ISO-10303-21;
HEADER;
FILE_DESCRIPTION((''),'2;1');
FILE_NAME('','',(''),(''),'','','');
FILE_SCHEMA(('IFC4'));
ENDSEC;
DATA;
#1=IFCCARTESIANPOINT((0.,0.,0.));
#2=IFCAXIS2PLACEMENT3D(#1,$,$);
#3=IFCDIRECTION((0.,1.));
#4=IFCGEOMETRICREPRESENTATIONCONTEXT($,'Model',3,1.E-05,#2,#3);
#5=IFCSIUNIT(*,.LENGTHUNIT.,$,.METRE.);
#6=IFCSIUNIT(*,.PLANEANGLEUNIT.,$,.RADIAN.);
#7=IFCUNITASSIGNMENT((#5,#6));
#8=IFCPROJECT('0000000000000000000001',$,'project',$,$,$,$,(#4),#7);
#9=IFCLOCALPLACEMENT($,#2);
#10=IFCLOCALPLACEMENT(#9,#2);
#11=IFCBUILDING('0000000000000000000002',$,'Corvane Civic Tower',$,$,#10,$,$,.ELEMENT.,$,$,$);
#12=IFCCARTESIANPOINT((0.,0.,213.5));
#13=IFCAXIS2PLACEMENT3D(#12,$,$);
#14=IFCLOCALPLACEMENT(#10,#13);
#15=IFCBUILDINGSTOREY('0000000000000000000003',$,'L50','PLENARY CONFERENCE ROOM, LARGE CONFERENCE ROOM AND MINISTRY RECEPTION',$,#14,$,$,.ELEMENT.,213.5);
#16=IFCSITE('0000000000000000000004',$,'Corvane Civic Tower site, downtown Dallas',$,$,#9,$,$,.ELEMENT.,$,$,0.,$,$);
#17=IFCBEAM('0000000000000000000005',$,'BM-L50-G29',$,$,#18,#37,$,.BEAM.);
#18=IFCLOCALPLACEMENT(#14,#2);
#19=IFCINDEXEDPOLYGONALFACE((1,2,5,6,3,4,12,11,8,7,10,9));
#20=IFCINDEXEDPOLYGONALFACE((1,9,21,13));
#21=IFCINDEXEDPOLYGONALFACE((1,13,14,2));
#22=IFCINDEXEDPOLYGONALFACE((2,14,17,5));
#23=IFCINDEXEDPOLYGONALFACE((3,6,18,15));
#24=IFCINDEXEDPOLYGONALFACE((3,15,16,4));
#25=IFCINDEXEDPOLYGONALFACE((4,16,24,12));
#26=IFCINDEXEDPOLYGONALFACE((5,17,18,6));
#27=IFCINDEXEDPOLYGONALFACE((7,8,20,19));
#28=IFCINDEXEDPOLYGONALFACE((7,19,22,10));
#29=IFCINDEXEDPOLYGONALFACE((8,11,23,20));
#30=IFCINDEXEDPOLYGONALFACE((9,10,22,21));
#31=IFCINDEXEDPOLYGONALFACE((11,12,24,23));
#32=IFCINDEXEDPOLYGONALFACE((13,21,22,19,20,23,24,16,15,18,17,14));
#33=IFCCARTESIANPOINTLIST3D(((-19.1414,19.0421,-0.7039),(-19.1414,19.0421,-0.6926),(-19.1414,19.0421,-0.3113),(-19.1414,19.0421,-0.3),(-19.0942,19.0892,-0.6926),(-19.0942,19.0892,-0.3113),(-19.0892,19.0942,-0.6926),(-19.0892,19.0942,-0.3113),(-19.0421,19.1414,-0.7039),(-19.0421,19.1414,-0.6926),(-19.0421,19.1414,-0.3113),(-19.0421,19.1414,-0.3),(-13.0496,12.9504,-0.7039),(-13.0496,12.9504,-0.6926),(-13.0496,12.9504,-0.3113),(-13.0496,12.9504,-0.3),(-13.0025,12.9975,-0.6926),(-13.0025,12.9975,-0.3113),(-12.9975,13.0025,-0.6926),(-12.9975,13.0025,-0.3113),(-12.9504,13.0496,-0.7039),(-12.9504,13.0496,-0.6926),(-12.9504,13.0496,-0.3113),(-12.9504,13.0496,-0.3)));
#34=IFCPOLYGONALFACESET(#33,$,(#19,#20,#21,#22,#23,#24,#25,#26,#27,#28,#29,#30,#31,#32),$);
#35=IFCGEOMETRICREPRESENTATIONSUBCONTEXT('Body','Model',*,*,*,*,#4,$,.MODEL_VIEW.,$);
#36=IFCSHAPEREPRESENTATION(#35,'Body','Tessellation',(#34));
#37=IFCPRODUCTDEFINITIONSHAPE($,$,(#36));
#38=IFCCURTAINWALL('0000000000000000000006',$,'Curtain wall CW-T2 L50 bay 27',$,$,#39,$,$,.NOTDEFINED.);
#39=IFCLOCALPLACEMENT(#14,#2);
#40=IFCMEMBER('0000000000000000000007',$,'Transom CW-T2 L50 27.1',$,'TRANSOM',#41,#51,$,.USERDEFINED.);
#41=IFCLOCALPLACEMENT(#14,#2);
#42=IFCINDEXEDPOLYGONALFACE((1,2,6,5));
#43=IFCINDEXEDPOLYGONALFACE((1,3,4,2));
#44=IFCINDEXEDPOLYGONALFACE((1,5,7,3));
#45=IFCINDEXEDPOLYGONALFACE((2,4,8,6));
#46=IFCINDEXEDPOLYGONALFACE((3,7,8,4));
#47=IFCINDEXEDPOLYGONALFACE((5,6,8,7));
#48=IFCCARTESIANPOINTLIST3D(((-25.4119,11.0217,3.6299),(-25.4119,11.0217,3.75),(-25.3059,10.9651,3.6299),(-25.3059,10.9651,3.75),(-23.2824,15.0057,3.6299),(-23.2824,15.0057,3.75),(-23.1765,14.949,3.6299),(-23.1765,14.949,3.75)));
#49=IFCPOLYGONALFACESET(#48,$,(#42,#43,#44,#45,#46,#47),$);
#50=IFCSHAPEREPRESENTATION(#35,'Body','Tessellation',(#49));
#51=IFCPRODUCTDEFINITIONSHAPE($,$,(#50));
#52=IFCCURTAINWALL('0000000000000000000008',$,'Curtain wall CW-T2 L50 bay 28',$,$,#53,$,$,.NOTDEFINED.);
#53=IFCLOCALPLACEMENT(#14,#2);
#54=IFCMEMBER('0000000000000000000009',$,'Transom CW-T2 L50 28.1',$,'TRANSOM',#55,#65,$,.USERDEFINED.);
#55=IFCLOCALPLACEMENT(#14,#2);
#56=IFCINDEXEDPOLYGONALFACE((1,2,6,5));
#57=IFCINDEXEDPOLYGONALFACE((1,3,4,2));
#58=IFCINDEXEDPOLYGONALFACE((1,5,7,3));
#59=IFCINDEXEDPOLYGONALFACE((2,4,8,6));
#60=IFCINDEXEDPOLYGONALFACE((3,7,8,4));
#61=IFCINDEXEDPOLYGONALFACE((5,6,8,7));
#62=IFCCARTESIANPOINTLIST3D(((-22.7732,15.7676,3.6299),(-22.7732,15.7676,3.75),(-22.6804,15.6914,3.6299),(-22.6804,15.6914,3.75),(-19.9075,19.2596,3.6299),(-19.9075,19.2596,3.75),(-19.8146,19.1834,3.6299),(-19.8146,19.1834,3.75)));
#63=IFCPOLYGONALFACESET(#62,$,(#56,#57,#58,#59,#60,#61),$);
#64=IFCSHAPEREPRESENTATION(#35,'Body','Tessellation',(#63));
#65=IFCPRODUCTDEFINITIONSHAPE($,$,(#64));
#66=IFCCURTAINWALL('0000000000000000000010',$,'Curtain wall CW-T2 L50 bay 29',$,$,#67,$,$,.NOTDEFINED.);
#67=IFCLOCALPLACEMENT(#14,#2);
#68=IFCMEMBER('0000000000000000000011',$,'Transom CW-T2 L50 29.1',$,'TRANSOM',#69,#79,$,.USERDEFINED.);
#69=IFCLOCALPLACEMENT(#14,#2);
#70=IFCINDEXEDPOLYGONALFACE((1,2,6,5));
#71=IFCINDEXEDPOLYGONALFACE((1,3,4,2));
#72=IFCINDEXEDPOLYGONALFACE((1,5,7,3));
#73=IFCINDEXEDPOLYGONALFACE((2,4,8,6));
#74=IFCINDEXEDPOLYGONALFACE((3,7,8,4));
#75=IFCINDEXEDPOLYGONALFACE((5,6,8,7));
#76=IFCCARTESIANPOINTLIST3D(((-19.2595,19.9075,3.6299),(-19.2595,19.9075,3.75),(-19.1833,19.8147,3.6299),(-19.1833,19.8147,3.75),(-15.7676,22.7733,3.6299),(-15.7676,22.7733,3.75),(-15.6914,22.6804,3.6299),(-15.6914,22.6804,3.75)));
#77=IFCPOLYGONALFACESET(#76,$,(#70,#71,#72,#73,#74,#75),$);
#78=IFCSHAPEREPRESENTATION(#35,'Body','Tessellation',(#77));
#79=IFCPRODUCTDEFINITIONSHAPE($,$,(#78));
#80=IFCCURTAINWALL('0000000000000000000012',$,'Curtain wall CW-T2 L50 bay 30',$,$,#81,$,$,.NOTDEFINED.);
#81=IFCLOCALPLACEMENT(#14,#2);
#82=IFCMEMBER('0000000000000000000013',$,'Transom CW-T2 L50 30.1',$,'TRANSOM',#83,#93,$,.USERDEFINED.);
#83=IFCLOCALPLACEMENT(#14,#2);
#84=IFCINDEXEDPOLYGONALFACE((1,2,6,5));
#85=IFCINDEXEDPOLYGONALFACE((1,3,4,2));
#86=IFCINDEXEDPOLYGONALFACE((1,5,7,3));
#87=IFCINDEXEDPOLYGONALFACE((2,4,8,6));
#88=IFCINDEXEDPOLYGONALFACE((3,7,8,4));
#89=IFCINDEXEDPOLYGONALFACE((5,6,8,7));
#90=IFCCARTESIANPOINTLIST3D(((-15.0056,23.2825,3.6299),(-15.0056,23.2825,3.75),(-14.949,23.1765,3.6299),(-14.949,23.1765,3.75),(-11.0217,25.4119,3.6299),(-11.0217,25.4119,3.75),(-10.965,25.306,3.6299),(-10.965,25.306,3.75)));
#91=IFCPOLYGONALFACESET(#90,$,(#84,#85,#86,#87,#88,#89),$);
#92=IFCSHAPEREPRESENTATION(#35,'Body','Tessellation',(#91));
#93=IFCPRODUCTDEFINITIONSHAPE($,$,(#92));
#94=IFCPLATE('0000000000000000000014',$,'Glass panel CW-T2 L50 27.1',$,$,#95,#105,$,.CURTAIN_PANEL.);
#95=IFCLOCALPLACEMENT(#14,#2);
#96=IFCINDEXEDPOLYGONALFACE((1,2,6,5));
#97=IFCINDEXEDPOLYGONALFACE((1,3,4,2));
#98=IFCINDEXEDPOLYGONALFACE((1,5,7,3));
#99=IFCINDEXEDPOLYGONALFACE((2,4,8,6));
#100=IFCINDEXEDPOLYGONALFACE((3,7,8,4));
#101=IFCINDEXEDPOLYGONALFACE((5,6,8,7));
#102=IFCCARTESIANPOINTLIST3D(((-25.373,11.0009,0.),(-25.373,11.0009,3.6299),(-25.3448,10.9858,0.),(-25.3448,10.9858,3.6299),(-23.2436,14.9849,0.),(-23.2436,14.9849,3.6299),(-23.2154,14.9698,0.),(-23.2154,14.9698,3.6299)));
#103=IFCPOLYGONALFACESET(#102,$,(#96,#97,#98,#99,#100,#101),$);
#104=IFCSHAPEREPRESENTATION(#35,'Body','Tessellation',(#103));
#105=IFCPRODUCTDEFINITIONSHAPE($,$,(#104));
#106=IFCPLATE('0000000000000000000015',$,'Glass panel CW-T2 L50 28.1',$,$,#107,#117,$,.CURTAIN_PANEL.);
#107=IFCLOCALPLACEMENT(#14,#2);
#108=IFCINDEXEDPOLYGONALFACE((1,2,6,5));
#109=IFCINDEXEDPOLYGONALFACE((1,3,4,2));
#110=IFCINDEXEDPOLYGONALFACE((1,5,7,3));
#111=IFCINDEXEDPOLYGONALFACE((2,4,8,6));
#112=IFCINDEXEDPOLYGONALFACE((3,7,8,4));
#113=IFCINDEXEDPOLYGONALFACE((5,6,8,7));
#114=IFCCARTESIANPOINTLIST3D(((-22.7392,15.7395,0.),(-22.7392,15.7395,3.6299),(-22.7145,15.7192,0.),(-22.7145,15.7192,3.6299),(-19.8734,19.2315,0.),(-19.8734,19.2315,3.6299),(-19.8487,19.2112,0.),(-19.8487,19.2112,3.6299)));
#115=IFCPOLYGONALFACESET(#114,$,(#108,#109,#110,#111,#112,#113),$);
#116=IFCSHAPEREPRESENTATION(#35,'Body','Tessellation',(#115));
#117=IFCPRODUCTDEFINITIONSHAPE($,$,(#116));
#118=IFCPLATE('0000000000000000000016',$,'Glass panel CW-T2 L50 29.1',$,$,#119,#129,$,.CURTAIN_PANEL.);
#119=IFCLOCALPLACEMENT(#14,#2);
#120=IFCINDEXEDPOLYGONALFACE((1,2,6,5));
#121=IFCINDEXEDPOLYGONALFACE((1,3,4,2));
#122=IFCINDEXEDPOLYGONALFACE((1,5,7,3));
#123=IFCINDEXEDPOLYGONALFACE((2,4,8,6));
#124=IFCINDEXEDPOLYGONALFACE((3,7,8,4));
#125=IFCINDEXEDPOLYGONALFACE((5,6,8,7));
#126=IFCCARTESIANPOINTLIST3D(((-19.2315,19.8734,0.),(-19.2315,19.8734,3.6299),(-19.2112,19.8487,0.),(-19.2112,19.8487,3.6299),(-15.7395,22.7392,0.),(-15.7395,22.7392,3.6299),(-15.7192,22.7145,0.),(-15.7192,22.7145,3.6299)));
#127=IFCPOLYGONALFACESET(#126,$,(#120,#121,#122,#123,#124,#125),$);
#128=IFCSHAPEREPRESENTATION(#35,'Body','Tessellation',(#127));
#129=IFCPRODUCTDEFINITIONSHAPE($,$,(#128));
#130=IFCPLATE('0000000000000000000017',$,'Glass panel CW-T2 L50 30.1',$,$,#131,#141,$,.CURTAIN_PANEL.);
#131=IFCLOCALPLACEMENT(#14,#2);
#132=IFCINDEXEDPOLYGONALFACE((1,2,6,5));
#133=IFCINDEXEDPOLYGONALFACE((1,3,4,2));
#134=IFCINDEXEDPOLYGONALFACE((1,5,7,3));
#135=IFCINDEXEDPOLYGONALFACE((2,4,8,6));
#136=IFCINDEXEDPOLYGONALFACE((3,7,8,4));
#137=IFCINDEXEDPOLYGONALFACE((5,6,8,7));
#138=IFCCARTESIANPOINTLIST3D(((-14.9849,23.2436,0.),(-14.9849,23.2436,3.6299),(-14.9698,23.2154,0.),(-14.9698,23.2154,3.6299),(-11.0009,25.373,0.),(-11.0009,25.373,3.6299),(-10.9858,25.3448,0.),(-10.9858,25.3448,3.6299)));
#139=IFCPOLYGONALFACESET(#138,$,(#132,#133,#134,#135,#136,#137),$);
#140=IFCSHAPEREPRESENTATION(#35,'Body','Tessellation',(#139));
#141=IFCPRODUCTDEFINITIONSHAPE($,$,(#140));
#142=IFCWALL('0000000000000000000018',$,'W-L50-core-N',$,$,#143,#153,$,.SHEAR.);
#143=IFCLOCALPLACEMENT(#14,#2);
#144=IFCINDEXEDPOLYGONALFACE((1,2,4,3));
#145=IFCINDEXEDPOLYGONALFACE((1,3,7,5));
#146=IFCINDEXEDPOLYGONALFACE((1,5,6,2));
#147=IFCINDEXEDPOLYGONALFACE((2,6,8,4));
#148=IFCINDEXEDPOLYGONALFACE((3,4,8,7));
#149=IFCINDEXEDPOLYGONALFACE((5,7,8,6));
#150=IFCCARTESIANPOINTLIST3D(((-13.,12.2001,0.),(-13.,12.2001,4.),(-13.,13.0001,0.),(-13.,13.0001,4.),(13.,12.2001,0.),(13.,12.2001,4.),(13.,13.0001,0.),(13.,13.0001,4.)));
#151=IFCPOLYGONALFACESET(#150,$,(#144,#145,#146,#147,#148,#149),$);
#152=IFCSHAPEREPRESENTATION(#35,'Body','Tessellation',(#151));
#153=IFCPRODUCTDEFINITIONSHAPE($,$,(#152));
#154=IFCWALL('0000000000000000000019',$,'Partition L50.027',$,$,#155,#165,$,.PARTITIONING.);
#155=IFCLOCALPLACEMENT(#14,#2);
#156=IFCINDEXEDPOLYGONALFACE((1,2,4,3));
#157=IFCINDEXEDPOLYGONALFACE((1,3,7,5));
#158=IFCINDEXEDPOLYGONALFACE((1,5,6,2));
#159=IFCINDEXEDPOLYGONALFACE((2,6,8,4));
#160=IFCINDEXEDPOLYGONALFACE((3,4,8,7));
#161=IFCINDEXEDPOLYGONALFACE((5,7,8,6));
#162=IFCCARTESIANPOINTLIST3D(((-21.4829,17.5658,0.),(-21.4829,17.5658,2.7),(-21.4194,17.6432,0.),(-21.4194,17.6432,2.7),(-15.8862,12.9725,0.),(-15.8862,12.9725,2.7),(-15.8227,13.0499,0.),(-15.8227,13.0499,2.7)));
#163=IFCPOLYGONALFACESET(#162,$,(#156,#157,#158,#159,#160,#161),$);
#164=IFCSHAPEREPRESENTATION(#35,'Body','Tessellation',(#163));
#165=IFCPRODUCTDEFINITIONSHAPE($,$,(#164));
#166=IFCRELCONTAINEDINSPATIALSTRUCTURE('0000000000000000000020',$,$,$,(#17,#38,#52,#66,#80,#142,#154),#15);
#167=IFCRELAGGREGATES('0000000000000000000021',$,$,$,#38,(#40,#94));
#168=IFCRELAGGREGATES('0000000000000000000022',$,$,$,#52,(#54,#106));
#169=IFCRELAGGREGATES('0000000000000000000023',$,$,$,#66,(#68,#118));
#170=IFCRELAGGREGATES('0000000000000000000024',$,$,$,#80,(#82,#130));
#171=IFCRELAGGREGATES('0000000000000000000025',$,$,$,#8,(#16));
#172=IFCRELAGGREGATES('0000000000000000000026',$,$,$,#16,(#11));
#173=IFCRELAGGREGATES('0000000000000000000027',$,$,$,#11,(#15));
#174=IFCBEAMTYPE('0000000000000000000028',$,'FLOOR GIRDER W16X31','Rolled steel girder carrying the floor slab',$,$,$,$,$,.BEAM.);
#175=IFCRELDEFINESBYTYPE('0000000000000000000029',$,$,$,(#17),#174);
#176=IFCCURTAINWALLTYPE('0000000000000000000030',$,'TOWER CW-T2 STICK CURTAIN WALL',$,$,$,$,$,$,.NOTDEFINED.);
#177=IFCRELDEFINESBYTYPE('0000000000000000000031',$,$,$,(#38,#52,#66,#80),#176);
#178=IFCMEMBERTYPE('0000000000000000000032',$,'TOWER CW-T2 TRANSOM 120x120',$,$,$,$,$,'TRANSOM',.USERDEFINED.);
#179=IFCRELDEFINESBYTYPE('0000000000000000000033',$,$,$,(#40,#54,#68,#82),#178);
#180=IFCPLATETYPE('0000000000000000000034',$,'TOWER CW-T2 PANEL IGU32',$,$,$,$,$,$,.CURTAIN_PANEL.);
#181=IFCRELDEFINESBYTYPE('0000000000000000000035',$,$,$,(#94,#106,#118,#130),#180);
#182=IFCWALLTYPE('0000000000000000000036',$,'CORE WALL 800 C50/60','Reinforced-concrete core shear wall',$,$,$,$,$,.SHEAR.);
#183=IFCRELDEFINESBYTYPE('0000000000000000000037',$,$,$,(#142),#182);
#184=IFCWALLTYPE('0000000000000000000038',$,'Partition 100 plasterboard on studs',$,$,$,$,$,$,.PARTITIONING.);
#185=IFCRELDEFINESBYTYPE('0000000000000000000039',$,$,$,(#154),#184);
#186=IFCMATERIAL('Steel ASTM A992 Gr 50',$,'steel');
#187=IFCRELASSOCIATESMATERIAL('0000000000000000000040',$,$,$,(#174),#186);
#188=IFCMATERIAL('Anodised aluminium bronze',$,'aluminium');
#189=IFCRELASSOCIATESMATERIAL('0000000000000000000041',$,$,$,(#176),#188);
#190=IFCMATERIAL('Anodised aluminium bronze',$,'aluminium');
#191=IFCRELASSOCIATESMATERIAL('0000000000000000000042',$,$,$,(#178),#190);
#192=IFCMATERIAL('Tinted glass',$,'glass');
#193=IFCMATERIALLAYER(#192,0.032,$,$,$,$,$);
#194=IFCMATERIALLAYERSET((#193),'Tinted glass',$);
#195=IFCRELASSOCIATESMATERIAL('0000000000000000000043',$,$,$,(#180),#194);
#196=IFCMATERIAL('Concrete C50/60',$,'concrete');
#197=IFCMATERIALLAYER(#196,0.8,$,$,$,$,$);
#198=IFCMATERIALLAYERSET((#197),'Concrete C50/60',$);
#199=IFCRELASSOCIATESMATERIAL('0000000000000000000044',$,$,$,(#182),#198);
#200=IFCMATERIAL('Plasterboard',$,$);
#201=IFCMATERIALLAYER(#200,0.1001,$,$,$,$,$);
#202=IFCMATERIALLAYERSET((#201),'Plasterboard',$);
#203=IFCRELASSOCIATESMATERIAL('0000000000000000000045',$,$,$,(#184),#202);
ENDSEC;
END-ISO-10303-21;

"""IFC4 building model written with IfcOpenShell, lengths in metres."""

from ifc_helpers import new_model, si_unit, direction, frame, frame_2d, origin, origin_2d, place, context, subcontext, project, spatial, rectangle, i_section, extrude, material, layer, layer_set, material_profile, profile_set, type_object, element, aggregate, save


model = new_model("IFC4")

# Units and contexts
model_context = context("Model", 3, precision=1e-05, world=origin(), true_north=direction((0.0, 1.0)))
body_context = subcontext(model_context, "Body", "Model", "MODEL_VIEW")
ifc_project = project(units=[si_unit("LENGTHUNIT", "METRE"), si_unit("PLANEANGLEUNIT", "RADIAN")], contexts=[model_context])

# Site, building, storey
site_placement = place(None, origin())
site = spatial("IfcSite", under=ifc_project, at=site_placement, Name="Corvane Civic Tower site, downtown Dallas", CompositionType="ELEMENT", RefElevation=0.0)
building_placement = place(site_placement, origin())
building = spatial("IfcBuilding", under=site, at=building_placement, Name="Corvane Civic Tower", CompositionType="ELEMENT")
storey_placement = place(building_placement, frame((0.0, 0.0, 213.5)))
storey = spatial("IfcBuildingStorey", under=building, at=storey_placement, Name="L50", Description="PLENARY CONFERENCE ROOM, LARGE CONFERENCE ROOM AND MINISTRY RECEPTION", CompositionType="ELEMENT", Elevation=213.5)

# Beam
ifc_material_1 = material(Name="Steel ASTM A992 Gr 50", Category="steel")
ifc_material_profile_1 = material_profile(ifc_material_1, i_section(OverallWidth=0.1404, OverallDepth=0.4038, WebThickness=0.0071, FlangeThickness=0.0112, at=origin_2d()), Name="W16X31")
ifc_profile_set_1 = profile_set([ifc_material_profile_1], Name="Steel ASTM A992 Gr 50")
beam_type_1 = type_object("IfcBeamType", Name="FLOOR GIRDER W16X31", Description="Rolled steel girder carrying the floor slab", PredefinedType="BEAM", material=ifc_profile_set_1)
beam_placement = place(storey_placement, frame((-13.0, 13.0, -0.502), z_axis=(-0.707107, 0.707107, 0.0), x_axis=(-0.707107, -0.707107, 0.0)))
element("IfcBeam", 1, at=beam_placement, inside=storey, type_object=beam_type_1, Name="BM-L50-G29", PredefinedType="BEAM", context=body_context, shape_type="SweptSolid", body=[
    extrude(i_section(OverallWidth=0.1404, OverallDepth=0.4038, WebThickness=0.0071, FlangeThickness=0.0112, at=origin_2d()), origin(), (0.0, 0.0, 1.0), 8.615),
])

# Curtain walls, members
ifc_material_2 = material(Name="Anodised aluminium bronze", Category="aluminium")
curtain_wall_type = type_object("IfcCurtainWallType", Name="TOWER CW-T2 STICK CURTAIN WALL", PredefinedType="NOTDEFINED", material=ifc_material_2)
curtain_wall_1_placement = place(storey_placement, origin())
curtain_wall_1 = element("IfcCurtainWall", 2, at=curtain_wall_1_placement, inside=storey, type_object=curtain_wall_type, Name="Curtain wall CW-T2 L50 bay 27", PredefinedType="NOTDEFINED")
ifc_material_3 = material(Name="Anodised aluminium bronze", Category="aluminium")
ifc_material_profile_2 = material_profile(ifc_material_3, rectangle(XDim=0.1201, YDim=0.1201, at=origin_2d()), Name="TOWER CW-T2 TRANSOM 120x120")
ifc_profile_set_2 = profile_set([ifc_material_profile_2], Name="Anodised aluminium bronze")
member_type = type_object("IfcMemberType", Name="TOWER CW-T2 TRANSOM 120x120", ElementType="TRANSOM", PredefinedType="USERDEFINED", material=ifc_profile_set_2)
member_1_placement = place(storey_placement, frame((-25.3589, 10.9934, 3.6899), z_axis=(0.47139, 0.881925, 0.0), x_axis=(-0.881925, 0.47139, 0.0)))
member_1 = element("IfcMember", 3, at=member_1_placement, type_object=member_type, Name="Transom CW-T2 L50 27.1", ObjectType="TRANSOM", PredefinedType="USERDEFINED", context=body_context, shape_type="SweptSolid", body=[
    extrude(rectangle(XDim=0.1201, YDim=0.1201, at=origin_2d()), origin(), (0.0, 0.0, 1.0), 4.5173),
])
curtain_wall_2_placement = place(storey_placement, origin())
curtain_wall_2 = element("IfcCurtainWall", 4, at=curtain_wall_2_placement, inside=storey, type_object=curtain_wall_type, Name="Curtain wall CW-T2 L50 bay 28", PredefinedType="NOTDEFINED")
member_2_placement = place(storey_placement, frame((-22.7268, 15.7295, 3.6899), z_axis=(0.634388, 0.773015, 0.0), x_axis=(-0.773015, 0.634388, 0.0)))
member_2 = element("IfcMember", 5, at=member_2_placement, type_object=member_type, Name="Transom CW-T2 L50 28.1", ObjectType="TRANSOM", PredefinedType="USERDEFINED", context=body_context, shape_type="SweptSolid", body=[
    extrude(rectangle(XDim=0.1201, YDim=0.1201, at=origin_2d()), origin(), (0.0, 0.0, 1.0), 4.5173),
])
curtain_wall_3_placement = place(storey_placement, origin())
curtain_wall_3 = element("IfcCurtainWall", 6, at=curtain_wall_3_placement, inside=storey, type_object=curtain_wall_type, Name="Curtain wall CW-T2 L50 bay 29", PredefinedType="NOTDEFINED")
member_3_placement = place(storey_placement, frame((-19.2214, 19.8611, 3.6899), z_axis=(0.773015, 0.634388, 0.0), x_axis=(-0.634388, 0.773015, 0.0)))
member_3 = element("IfcMember", 7, at=member_3_placement, type_object=member_type, Name="Transom CW-T2 L50 29.1", ObjectType="TRANSOM", PredefinedType="USERDEFINED", context=body_context, shape_type="SweptSolid", body=[
    extrude(rectangle(XDim=0.1201, YDim=0.1201, at=origin_2d()), origin(), (0.0, 0.0, 1.0), 4.5173),
])
curtain_wall_4_placement = place(storey_placement, origin())
curtain_wall_4 = element("IfcCurtainWall", 8, at=curtain_wall_4_placement, inside=storey, type_object=curtain_wall_type, Name="Curtain wall CW-T2 L50 bay 30", PredefinedType="NOTDEFINED")
member_4_placement = place(storey_placement, frame((-14.9773, 23.2295, 3.6899), z_axis=(0.881925, 0.47139, 0.0), x_axis=(-0.47139, 0.881925, 0.0)))
member_4 = element("IfcMember", 9, at=member_4_placement, type_object=member_type, Name="Transom CW-T2 L50 30.1", ObjectType="TRANSOM", PredefinedType="USERDEFINED", context=body_context, shape_type="SweptSolid", body=[
    extrude(rectangle(XDim=0.1201, YDim=0.1201, at=origin_2d()), origin(), (0.0, 0.0, 1.0), 4.5173),
])

# Plates
ifc_material_4 = material(Name="Tinted glass", Category="glass")
ifc_layer_1 = layer(ifc_material_4, 0.032)
ifc_layer_set_1 = layer_set([ifc_layer_1], Name="Tinted glass")
plate_type = type_object("IfcPlateType", Name="TOWER CW-T2 PANEL IGU32", PredefinedType="CURTAIN_PANEL", material=ifc_layer_set_1)
plate_1_placement = place(storey_placement, frame((-24.2942, 12.9854, 0.0), z_axis=(0.0, 0.0, 1.0), x_axis=(0.471398, 0.88192, 0.0)))
plate_1 = element("IfcPlate", 10, at=plate_1_placement, type_object=plate_type, Name="Glass panel CW-T2 L50 27.1", PredefinedType="CURTAIN_PANEL", context=body_context, shape_type="SweptSolid", body=[
    extrude(rectangle(XDim=4.5173, YDim=0.032, at=origin_2d()), origin(), (0.0, 0.0, 1.0), 3.6299),
])
aggregate(curtain_wall_1, [member_1, plate_1])
plate_2_placement = place(storey_placement, frame((-21.2939, 17.4753, 0.0), z_axis=(0.0, 0.0, 1.0), x_axis=(0.634391, 0.773012, 0.0)))
plate_2 = element("IfcPlate", 11, at=plate_2_placement, type_object=plate_type, Name="Glass panel CW-T2 L50 28.1", PredefinedType="CURTAIN_PANEL", context=body_context, shape_type="SweptSolid", body=[
    extrude(rectangle(XDim=4.5173, YDim=0.032, at=origin_2d()), origin(), (0.0, 0.0, 1.0), 3.6299),
])
aggregate(curtain_wall_2, [member_2, plate_2])
plate_3_placement = place(storey_placement, frame((-17.4753, 21.2939, 0.0), z_axis=(0.0, 0.0, 1.0), x_axis=(0.773012, 0.634391, 0.0)))
plate_3 = element("IfcPlate", 12, at=plate_3_placement, type_object=plate_type, Name="Glass panel CW-T2 L50 29.1", PredefinedType="CURTAIN_PANEL", context=body_context, shape_type="SweptSolid", body=[
    extrude(rectangle(XDim=4.5173, YDim=0.032, at=origin_2d()), origin(), (0.0, 0.0, 1.0), 3.6299),
])
aggregate(curtain_wall_3, [member_3, plate_3])
plate_4_placement = place(storey_placement, frame((-12.9854, 24.2942, 0.0), z_axis=(0.0, 0.0, 1.0), x_axis=(0.88192, 0.471398, 0.0)))
plate_4 = element("IfcPlate", 13, at=plate_4_placement, type_object=plate_type, Name="Glass panel CW-T2 L50 30.1", PredefinedType="CURTAIN_PANEL", context=body_context, shape_type="SweptSolid", body=[
    extrude(rectangle(XDim=4.5173, YDim=0.032, at=origin_2d()), origin(), (0.0, 0.0, 1.0), 3.6299),
])
aggregate(curtain_wall_4, [member_4, plate_4])

# Walls
ifc_material_5 = material(Name="Concrete C50/60", Category="concrete")
ifc_layer_2 = layer(ifc_material_5, 0.8)
ifc_layer_set_2 = layer_set([ifc_layer_2], Name="Concrete C50/60")
wall_type_1 = type_object("IfcWallType", Name="CORE WALL 800 C50/60", Description="Reinforced-concrete core shear wall", PredefinedType="SHEAR", material=ifc_layer_set_2)
wall_1_placement = place(storey_placement, frame((-13.0, 12.6001, 0.0), z_axis=(0.0, 0.0, 1.0), x_axis=(1.0, 0.0, 0.0)))
element("IfcWall", 14, at=wall_1_placement, inside=storey, type_object=wall_type_1, Name="W-L50-core-N", PredefinedType="SHEAR", context=body_context, shape_type="SweptSolid", body=[
    extrude(rectangle(XDim=26.0, YDim=0.8, at=frame_2d((13.0, 0.0))), origin(), (0.0, 0.0, 1.0), 4.0),
])
ifc_material_6 = material(Name="Plasterboard")
ifc_layer_3 = layer(ifc_material_6, 0.1001)
ifc_layer_set_3 = layer_set([ifc_layer_3], Name="Plasterboard")
wall_type_2 = type_object("IfcWallType", Name="Partition 100 plasterboard on studs", PredefinedType="PARTITIONING", material=ifc_layer_set_3)
wall_2_placement = place(storey_placement, frame((-21.4512, 17.6045, 0.0), z_axis=(0.0, 0.0, 1.0), x_axis=(0.772998, -0.634409, 0.0)))
element("IfcWall", 15, at=wall_2_placement, inside=storey, type_object=wall_type_2, Name="Partition L50.027", PredefinedType="PARTITIONING", context=body_context, shape_type="SweptSolid", body=[
    extrude(rectangle(XDim=7.2402, YDim=0.1001, at=frame_2d((3.6201, 0.0))), origin(), (0.0, 0.0, 1.0), 2.7),
])

save(model, "model.ifc")
